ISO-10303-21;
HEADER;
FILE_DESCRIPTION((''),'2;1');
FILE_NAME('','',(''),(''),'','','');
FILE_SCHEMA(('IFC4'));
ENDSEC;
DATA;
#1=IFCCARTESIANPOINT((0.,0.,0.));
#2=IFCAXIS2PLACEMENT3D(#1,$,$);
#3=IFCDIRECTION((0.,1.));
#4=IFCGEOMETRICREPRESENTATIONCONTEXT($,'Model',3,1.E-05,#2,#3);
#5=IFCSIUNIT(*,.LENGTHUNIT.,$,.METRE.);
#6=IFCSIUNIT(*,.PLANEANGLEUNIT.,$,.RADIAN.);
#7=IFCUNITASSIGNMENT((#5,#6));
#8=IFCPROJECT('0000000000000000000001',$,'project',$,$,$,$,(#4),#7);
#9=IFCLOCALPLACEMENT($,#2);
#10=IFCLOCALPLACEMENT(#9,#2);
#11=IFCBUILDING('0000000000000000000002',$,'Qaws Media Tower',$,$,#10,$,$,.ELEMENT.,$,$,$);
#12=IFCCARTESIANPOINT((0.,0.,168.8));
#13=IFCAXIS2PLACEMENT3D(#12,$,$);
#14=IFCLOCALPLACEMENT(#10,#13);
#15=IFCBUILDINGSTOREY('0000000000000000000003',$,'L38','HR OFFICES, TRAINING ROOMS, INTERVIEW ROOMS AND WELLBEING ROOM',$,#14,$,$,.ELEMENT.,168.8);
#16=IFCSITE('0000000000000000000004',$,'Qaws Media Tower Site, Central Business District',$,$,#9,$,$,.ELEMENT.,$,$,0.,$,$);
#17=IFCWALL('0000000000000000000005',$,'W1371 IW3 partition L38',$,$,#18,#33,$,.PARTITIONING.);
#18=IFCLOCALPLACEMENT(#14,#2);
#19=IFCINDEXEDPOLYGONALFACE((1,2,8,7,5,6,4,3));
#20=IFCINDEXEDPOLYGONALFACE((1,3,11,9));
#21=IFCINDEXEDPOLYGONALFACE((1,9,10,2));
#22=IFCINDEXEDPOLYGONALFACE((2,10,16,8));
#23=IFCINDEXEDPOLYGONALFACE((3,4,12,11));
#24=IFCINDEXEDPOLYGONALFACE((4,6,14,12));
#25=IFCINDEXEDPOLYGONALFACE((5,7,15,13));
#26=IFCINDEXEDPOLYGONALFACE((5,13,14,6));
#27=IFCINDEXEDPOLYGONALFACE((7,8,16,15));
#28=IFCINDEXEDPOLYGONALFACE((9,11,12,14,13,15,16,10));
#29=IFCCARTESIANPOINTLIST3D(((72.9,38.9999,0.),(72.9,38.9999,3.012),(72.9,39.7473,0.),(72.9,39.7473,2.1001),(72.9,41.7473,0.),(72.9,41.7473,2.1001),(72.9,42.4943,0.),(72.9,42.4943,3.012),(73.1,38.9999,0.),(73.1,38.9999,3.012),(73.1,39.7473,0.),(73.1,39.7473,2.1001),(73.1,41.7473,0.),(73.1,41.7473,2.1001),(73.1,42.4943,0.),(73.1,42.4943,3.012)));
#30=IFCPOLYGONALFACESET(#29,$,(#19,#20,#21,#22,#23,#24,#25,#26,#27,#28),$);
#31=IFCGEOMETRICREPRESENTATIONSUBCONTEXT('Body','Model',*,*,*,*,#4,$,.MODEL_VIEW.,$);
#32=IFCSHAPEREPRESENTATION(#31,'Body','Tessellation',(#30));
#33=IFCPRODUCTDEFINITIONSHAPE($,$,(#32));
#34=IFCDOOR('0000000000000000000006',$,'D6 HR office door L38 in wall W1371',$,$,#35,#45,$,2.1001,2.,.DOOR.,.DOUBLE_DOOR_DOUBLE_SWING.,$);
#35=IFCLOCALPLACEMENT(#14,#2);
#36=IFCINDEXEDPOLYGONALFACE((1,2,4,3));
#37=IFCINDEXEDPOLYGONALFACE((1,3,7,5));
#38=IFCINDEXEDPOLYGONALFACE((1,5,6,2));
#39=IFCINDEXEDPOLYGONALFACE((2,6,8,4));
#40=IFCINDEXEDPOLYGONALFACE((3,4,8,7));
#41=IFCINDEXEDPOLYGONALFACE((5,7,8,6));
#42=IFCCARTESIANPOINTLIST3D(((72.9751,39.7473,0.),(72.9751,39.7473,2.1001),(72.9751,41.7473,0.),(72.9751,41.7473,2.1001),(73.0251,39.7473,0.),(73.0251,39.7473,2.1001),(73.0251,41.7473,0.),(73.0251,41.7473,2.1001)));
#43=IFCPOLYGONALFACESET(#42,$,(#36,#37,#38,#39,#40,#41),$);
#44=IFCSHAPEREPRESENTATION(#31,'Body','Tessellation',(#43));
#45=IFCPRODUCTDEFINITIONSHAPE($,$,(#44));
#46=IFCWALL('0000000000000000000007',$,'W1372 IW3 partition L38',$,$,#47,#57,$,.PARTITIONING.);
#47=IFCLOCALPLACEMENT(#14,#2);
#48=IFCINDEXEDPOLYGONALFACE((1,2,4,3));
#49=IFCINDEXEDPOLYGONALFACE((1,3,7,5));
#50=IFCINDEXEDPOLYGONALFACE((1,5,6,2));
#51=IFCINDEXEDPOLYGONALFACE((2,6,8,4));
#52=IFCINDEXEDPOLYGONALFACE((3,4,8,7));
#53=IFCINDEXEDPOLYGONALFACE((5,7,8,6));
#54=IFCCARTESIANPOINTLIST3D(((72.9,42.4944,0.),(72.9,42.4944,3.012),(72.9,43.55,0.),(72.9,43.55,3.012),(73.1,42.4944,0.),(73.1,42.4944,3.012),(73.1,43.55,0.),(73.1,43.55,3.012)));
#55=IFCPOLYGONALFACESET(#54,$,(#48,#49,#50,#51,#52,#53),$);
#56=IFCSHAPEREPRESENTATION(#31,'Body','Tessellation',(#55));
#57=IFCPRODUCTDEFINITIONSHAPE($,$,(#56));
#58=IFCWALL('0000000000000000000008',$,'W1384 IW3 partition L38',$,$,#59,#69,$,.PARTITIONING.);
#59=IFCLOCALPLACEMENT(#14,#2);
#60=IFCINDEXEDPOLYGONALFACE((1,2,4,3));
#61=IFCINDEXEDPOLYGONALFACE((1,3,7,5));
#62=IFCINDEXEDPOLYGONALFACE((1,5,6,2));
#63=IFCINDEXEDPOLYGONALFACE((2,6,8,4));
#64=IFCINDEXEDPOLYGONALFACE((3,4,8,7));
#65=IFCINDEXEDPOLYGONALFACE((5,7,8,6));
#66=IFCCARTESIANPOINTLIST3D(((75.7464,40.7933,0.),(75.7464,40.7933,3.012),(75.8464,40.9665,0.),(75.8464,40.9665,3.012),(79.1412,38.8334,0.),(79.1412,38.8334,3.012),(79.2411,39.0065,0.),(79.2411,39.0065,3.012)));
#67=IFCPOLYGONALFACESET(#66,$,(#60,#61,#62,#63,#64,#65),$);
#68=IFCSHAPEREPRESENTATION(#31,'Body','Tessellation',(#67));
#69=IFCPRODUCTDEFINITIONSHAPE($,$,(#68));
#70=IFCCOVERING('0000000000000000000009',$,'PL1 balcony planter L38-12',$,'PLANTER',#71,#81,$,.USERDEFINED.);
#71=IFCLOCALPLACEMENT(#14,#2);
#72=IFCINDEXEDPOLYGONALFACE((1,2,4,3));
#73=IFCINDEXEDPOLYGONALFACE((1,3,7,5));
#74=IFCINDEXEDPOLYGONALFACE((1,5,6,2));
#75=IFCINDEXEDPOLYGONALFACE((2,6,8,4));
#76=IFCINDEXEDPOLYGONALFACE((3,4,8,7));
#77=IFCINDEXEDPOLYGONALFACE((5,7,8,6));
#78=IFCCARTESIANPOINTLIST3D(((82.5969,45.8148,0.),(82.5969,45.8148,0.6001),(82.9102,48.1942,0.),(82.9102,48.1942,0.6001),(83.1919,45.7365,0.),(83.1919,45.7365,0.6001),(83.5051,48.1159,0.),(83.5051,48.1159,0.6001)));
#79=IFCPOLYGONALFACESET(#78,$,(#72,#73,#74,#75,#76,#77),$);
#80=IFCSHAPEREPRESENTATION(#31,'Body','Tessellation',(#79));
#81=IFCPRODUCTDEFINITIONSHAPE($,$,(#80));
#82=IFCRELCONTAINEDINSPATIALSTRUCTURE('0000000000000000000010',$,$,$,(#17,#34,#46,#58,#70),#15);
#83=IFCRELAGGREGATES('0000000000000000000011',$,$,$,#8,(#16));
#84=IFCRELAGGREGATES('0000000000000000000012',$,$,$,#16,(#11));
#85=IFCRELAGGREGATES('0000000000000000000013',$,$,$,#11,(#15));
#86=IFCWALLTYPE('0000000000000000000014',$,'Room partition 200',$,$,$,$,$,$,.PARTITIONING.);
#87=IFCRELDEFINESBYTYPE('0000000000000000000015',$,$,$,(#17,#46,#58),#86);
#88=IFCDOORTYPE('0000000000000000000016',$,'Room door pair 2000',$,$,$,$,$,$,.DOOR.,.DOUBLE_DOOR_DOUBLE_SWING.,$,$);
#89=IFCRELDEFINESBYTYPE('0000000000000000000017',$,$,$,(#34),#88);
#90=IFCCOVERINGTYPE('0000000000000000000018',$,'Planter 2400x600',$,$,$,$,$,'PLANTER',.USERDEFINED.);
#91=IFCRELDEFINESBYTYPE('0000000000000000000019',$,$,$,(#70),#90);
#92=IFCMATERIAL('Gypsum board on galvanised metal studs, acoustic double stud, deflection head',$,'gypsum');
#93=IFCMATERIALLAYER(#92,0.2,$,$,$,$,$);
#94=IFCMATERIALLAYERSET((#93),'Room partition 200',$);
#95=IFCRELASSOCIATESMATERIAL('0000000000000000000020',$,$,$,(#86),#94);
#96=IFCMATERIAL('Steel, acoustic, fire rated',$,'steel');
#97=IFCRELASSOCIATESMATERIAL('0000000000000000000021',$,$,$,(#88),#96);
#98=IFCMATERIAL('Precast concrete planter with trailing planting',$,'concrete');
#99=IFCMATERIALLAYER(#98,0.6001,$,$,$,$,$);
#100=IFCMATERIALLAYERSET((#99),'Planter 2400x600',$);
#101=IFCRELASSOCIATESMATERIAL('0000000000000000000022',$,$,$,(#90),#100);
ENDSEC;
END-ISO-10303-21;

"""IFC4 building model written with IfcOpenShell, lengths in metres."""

from ifc_helpers import new_model, si_unit, direction, frame, frame_2d, origin, origin_2d, place, context, subcontext, project, spatial, rectangle, extrude, material, layer, layer_set, type_object, element, fill, save


model = new_model("IFC4")

# Units and contexts
model_context = context("Model", 3, precision=1e-05, world=origin(), true_north=direction((0.0, 1.0)))
body_context = subcontext(model_context, "Body", "Model", "MODEL_VIEW")
ifc_project = project(units=[si_unit("LENGTHUNIT", "METRE"), si_unit("PLANEANGLEUNIT", "RADIAN")], contexts=[model_context])

# Site, building, storey
site_placement = place(None, origin())
site = spatial("IfcSite", under=ifc_project, at=site_placement, Name="Qaws Media Tower Site, Central Business District", CompositionType="ELEMENT", RefElevation=0.0)
building_placement = place(site_placement, origin())
building = spatial("IfcBuilding", under=site, at=building_placement, Name="Qaws Media Tower", CompositionType="ELEMENT")
storey_placement = place(building_placement, frame((0.0, 0.0, 168.8)))
storey = spatial("IfcBuildingStorey", under=building, at=storey_placement, Name="L38", Description="HR OFFICES, TRAINING ROOMS, INTERVIEW ROOMS AND WELLBEING ROOM", CompositionType="ELEMENT", Elevation=168.8)

# Shared definitions
ifc_material_1 = material(Name="Gypsum board on galvanised metal studs, acoustic double stud, deflection head", Category="gypsum")
ifc_layer_1 = layer(ifc_material_1, 0.2)
ifc_layer_set_1 = layer_set([ifc_layer_1], Name="Room partition 200")
wall_type_1 = type_object("IfcWallType", Name="Room partition 200", PredefinedType="PARTITIONING", material=ifc_layer_set_1)

# Wall, opening, door
wall_1_placement = place(storey_placement, frame((73.0, 39.0, 0.0), z_axis=(0.0, 0.0, 1.0), x_axis=(0.0, 1.0, 0.0)))
wall_1 = element("IfcWall", 1, at=wall_1_placement, inside=storey, type_object=wall_type_1, Name="W1371 IW3 partition L38", PredefinedType="PARTITIONING", context=body_context, shape_type="SweptSolid", body=[
    extrude(rectangle(XDim=3.4944, YDim=0.2, at=frame_2d((1.7471, 0.0))), origin(), (0.0, 0.0, 1.0), 3.012),
])
opening_placement = place(wall_1_placement, frame((0.7473, 0.0, 0.0)))
opening = element("IfcOpeningElement", 2, at=opening_placement, cuts=wall_1, PredefinedType="OPENING", context=body_context, shape_type="SweptSolid", body=[
    extrude(rectangle(XDim=2.0, YDim=2.1001, at=frame_2d((1.0, 1.05))), frame((0.0, 0.1099, 0.0), z_axis=(0.0, -1.0, 0.0), x_axis=(1.0, 0.0, 0.0)), (0.0, 0.0, 1.0), 0.22),
])
ifc_material_2 = material(Name="Steel, acoustic, fire rated", Category="steel")
door_type = type_object("IfcDoorType", Name="Room door pair 2000", OperationType="DOUBLE_DOOR_DOUBLE_SWING", PredefinedType="DOOR", material=ifc_material_2)
door_placement = place(opening_placement, origin())
door = element("IfcDoor", 3, at=door_placement, inside=storey, type_object=door_type, Name="D6 HR office door L38 in wall W1371", OperationType="DOUBLE_DOOR_DOUBLE_SWING", OverallHeight=2.1001, OverallWidth=2.0, PredefinedType="DOOR", context=body_context, shape_type="SweptSolid", body=[
    extrude(rectangle(XDim=2.0, YDim=2.1001, at=frame_2d((1.0, 1.05))), frame((0.0, 0.0249, 0.0), z_axis=(0.0, -1.0, 0.0), x_axis=(1.0, 0.0, 0.0)), (0.0, 0.0, 1.0), 0.05),
])
fill(opening, door)

# Walls
wall_2_placement = place(storey_placement, frame((73.0, 42.4944, 0.0), z_axis=(0.0, 0.0, 1.0), x_axis=(0.0, 1.0, 0.0)))
element("IfcWall", 4, at=wall_2_placement, inside=storey, type_object=wall_type_1, Name="W1372 IW3 partition L38", PredefinedType="PARTITIONING", context=body_context, shape_type="SweptSolid", body=[
    extrude(rectangle(XDim=1.0557, YDim=0.2, at=frame_2d((0.5278, 0.0))), origin(), (0.0, 0.0, 1.0), 3.012),
])
wall_3_placement = place(storey_placement, frame((75.7964, 40.8799, 0.0), z_axis=(0.0, 0.0, 1.0), x_axis=(0.866027, -0.499997, 0.0)))
element("IfcWall", 5, at=wall_3_placement, inside=storey, type_object=wall_type_1, Name="W1384 IW3 partition L38", PredefinedType="PARTITIONING", context=body_context, shape_type="SweptSolid", body=[
    extrude(rectangle(XDim=3.9199, YDim=0.2, at=frame_2d((1.96, 0.0))), origin(), (0.0, 0.0, 1.0), 3.012),
])

# Covering
ifc_material_3 = material(Name="Precast concrete planter with trailing planting", Category="concrete")
ifc_layer_2 = layer(ifc_material_3, 0.6001)
ifc_layer_set_2 = layer_set([ifc_layer_2], Name="Planter 2400x600")
covering_type = type_object("IfcCoveringType", Name="Planter 2400x600", ElementType="PLANTER", PredefinedType="USERDEFINED", material=ifc_layer_set_2)
covering_placement = place(storey_placement, frame((83.051, 46.9653, 0.0), z_axis=(0.0, 0.0, 1.0), x_axis=(0.130526, 0.991445, 0.0)))
element("IfcCovering", 6, at=covering_placement, inside=storey, type_object=covering_type, Name="PL1 balcony planter L38-12", ObjectType="PLANTER", PredefinedType="USERDEFINED", context=body_context, shape_type="SweptSolid", body=[
    extrude(rectangle(XDim=2.3999, YDim=0.6001, at=origin_2d()), origin(), (0.0, 0.0, 1.0), 0.6001),
])

save(model, "model.ifc")
